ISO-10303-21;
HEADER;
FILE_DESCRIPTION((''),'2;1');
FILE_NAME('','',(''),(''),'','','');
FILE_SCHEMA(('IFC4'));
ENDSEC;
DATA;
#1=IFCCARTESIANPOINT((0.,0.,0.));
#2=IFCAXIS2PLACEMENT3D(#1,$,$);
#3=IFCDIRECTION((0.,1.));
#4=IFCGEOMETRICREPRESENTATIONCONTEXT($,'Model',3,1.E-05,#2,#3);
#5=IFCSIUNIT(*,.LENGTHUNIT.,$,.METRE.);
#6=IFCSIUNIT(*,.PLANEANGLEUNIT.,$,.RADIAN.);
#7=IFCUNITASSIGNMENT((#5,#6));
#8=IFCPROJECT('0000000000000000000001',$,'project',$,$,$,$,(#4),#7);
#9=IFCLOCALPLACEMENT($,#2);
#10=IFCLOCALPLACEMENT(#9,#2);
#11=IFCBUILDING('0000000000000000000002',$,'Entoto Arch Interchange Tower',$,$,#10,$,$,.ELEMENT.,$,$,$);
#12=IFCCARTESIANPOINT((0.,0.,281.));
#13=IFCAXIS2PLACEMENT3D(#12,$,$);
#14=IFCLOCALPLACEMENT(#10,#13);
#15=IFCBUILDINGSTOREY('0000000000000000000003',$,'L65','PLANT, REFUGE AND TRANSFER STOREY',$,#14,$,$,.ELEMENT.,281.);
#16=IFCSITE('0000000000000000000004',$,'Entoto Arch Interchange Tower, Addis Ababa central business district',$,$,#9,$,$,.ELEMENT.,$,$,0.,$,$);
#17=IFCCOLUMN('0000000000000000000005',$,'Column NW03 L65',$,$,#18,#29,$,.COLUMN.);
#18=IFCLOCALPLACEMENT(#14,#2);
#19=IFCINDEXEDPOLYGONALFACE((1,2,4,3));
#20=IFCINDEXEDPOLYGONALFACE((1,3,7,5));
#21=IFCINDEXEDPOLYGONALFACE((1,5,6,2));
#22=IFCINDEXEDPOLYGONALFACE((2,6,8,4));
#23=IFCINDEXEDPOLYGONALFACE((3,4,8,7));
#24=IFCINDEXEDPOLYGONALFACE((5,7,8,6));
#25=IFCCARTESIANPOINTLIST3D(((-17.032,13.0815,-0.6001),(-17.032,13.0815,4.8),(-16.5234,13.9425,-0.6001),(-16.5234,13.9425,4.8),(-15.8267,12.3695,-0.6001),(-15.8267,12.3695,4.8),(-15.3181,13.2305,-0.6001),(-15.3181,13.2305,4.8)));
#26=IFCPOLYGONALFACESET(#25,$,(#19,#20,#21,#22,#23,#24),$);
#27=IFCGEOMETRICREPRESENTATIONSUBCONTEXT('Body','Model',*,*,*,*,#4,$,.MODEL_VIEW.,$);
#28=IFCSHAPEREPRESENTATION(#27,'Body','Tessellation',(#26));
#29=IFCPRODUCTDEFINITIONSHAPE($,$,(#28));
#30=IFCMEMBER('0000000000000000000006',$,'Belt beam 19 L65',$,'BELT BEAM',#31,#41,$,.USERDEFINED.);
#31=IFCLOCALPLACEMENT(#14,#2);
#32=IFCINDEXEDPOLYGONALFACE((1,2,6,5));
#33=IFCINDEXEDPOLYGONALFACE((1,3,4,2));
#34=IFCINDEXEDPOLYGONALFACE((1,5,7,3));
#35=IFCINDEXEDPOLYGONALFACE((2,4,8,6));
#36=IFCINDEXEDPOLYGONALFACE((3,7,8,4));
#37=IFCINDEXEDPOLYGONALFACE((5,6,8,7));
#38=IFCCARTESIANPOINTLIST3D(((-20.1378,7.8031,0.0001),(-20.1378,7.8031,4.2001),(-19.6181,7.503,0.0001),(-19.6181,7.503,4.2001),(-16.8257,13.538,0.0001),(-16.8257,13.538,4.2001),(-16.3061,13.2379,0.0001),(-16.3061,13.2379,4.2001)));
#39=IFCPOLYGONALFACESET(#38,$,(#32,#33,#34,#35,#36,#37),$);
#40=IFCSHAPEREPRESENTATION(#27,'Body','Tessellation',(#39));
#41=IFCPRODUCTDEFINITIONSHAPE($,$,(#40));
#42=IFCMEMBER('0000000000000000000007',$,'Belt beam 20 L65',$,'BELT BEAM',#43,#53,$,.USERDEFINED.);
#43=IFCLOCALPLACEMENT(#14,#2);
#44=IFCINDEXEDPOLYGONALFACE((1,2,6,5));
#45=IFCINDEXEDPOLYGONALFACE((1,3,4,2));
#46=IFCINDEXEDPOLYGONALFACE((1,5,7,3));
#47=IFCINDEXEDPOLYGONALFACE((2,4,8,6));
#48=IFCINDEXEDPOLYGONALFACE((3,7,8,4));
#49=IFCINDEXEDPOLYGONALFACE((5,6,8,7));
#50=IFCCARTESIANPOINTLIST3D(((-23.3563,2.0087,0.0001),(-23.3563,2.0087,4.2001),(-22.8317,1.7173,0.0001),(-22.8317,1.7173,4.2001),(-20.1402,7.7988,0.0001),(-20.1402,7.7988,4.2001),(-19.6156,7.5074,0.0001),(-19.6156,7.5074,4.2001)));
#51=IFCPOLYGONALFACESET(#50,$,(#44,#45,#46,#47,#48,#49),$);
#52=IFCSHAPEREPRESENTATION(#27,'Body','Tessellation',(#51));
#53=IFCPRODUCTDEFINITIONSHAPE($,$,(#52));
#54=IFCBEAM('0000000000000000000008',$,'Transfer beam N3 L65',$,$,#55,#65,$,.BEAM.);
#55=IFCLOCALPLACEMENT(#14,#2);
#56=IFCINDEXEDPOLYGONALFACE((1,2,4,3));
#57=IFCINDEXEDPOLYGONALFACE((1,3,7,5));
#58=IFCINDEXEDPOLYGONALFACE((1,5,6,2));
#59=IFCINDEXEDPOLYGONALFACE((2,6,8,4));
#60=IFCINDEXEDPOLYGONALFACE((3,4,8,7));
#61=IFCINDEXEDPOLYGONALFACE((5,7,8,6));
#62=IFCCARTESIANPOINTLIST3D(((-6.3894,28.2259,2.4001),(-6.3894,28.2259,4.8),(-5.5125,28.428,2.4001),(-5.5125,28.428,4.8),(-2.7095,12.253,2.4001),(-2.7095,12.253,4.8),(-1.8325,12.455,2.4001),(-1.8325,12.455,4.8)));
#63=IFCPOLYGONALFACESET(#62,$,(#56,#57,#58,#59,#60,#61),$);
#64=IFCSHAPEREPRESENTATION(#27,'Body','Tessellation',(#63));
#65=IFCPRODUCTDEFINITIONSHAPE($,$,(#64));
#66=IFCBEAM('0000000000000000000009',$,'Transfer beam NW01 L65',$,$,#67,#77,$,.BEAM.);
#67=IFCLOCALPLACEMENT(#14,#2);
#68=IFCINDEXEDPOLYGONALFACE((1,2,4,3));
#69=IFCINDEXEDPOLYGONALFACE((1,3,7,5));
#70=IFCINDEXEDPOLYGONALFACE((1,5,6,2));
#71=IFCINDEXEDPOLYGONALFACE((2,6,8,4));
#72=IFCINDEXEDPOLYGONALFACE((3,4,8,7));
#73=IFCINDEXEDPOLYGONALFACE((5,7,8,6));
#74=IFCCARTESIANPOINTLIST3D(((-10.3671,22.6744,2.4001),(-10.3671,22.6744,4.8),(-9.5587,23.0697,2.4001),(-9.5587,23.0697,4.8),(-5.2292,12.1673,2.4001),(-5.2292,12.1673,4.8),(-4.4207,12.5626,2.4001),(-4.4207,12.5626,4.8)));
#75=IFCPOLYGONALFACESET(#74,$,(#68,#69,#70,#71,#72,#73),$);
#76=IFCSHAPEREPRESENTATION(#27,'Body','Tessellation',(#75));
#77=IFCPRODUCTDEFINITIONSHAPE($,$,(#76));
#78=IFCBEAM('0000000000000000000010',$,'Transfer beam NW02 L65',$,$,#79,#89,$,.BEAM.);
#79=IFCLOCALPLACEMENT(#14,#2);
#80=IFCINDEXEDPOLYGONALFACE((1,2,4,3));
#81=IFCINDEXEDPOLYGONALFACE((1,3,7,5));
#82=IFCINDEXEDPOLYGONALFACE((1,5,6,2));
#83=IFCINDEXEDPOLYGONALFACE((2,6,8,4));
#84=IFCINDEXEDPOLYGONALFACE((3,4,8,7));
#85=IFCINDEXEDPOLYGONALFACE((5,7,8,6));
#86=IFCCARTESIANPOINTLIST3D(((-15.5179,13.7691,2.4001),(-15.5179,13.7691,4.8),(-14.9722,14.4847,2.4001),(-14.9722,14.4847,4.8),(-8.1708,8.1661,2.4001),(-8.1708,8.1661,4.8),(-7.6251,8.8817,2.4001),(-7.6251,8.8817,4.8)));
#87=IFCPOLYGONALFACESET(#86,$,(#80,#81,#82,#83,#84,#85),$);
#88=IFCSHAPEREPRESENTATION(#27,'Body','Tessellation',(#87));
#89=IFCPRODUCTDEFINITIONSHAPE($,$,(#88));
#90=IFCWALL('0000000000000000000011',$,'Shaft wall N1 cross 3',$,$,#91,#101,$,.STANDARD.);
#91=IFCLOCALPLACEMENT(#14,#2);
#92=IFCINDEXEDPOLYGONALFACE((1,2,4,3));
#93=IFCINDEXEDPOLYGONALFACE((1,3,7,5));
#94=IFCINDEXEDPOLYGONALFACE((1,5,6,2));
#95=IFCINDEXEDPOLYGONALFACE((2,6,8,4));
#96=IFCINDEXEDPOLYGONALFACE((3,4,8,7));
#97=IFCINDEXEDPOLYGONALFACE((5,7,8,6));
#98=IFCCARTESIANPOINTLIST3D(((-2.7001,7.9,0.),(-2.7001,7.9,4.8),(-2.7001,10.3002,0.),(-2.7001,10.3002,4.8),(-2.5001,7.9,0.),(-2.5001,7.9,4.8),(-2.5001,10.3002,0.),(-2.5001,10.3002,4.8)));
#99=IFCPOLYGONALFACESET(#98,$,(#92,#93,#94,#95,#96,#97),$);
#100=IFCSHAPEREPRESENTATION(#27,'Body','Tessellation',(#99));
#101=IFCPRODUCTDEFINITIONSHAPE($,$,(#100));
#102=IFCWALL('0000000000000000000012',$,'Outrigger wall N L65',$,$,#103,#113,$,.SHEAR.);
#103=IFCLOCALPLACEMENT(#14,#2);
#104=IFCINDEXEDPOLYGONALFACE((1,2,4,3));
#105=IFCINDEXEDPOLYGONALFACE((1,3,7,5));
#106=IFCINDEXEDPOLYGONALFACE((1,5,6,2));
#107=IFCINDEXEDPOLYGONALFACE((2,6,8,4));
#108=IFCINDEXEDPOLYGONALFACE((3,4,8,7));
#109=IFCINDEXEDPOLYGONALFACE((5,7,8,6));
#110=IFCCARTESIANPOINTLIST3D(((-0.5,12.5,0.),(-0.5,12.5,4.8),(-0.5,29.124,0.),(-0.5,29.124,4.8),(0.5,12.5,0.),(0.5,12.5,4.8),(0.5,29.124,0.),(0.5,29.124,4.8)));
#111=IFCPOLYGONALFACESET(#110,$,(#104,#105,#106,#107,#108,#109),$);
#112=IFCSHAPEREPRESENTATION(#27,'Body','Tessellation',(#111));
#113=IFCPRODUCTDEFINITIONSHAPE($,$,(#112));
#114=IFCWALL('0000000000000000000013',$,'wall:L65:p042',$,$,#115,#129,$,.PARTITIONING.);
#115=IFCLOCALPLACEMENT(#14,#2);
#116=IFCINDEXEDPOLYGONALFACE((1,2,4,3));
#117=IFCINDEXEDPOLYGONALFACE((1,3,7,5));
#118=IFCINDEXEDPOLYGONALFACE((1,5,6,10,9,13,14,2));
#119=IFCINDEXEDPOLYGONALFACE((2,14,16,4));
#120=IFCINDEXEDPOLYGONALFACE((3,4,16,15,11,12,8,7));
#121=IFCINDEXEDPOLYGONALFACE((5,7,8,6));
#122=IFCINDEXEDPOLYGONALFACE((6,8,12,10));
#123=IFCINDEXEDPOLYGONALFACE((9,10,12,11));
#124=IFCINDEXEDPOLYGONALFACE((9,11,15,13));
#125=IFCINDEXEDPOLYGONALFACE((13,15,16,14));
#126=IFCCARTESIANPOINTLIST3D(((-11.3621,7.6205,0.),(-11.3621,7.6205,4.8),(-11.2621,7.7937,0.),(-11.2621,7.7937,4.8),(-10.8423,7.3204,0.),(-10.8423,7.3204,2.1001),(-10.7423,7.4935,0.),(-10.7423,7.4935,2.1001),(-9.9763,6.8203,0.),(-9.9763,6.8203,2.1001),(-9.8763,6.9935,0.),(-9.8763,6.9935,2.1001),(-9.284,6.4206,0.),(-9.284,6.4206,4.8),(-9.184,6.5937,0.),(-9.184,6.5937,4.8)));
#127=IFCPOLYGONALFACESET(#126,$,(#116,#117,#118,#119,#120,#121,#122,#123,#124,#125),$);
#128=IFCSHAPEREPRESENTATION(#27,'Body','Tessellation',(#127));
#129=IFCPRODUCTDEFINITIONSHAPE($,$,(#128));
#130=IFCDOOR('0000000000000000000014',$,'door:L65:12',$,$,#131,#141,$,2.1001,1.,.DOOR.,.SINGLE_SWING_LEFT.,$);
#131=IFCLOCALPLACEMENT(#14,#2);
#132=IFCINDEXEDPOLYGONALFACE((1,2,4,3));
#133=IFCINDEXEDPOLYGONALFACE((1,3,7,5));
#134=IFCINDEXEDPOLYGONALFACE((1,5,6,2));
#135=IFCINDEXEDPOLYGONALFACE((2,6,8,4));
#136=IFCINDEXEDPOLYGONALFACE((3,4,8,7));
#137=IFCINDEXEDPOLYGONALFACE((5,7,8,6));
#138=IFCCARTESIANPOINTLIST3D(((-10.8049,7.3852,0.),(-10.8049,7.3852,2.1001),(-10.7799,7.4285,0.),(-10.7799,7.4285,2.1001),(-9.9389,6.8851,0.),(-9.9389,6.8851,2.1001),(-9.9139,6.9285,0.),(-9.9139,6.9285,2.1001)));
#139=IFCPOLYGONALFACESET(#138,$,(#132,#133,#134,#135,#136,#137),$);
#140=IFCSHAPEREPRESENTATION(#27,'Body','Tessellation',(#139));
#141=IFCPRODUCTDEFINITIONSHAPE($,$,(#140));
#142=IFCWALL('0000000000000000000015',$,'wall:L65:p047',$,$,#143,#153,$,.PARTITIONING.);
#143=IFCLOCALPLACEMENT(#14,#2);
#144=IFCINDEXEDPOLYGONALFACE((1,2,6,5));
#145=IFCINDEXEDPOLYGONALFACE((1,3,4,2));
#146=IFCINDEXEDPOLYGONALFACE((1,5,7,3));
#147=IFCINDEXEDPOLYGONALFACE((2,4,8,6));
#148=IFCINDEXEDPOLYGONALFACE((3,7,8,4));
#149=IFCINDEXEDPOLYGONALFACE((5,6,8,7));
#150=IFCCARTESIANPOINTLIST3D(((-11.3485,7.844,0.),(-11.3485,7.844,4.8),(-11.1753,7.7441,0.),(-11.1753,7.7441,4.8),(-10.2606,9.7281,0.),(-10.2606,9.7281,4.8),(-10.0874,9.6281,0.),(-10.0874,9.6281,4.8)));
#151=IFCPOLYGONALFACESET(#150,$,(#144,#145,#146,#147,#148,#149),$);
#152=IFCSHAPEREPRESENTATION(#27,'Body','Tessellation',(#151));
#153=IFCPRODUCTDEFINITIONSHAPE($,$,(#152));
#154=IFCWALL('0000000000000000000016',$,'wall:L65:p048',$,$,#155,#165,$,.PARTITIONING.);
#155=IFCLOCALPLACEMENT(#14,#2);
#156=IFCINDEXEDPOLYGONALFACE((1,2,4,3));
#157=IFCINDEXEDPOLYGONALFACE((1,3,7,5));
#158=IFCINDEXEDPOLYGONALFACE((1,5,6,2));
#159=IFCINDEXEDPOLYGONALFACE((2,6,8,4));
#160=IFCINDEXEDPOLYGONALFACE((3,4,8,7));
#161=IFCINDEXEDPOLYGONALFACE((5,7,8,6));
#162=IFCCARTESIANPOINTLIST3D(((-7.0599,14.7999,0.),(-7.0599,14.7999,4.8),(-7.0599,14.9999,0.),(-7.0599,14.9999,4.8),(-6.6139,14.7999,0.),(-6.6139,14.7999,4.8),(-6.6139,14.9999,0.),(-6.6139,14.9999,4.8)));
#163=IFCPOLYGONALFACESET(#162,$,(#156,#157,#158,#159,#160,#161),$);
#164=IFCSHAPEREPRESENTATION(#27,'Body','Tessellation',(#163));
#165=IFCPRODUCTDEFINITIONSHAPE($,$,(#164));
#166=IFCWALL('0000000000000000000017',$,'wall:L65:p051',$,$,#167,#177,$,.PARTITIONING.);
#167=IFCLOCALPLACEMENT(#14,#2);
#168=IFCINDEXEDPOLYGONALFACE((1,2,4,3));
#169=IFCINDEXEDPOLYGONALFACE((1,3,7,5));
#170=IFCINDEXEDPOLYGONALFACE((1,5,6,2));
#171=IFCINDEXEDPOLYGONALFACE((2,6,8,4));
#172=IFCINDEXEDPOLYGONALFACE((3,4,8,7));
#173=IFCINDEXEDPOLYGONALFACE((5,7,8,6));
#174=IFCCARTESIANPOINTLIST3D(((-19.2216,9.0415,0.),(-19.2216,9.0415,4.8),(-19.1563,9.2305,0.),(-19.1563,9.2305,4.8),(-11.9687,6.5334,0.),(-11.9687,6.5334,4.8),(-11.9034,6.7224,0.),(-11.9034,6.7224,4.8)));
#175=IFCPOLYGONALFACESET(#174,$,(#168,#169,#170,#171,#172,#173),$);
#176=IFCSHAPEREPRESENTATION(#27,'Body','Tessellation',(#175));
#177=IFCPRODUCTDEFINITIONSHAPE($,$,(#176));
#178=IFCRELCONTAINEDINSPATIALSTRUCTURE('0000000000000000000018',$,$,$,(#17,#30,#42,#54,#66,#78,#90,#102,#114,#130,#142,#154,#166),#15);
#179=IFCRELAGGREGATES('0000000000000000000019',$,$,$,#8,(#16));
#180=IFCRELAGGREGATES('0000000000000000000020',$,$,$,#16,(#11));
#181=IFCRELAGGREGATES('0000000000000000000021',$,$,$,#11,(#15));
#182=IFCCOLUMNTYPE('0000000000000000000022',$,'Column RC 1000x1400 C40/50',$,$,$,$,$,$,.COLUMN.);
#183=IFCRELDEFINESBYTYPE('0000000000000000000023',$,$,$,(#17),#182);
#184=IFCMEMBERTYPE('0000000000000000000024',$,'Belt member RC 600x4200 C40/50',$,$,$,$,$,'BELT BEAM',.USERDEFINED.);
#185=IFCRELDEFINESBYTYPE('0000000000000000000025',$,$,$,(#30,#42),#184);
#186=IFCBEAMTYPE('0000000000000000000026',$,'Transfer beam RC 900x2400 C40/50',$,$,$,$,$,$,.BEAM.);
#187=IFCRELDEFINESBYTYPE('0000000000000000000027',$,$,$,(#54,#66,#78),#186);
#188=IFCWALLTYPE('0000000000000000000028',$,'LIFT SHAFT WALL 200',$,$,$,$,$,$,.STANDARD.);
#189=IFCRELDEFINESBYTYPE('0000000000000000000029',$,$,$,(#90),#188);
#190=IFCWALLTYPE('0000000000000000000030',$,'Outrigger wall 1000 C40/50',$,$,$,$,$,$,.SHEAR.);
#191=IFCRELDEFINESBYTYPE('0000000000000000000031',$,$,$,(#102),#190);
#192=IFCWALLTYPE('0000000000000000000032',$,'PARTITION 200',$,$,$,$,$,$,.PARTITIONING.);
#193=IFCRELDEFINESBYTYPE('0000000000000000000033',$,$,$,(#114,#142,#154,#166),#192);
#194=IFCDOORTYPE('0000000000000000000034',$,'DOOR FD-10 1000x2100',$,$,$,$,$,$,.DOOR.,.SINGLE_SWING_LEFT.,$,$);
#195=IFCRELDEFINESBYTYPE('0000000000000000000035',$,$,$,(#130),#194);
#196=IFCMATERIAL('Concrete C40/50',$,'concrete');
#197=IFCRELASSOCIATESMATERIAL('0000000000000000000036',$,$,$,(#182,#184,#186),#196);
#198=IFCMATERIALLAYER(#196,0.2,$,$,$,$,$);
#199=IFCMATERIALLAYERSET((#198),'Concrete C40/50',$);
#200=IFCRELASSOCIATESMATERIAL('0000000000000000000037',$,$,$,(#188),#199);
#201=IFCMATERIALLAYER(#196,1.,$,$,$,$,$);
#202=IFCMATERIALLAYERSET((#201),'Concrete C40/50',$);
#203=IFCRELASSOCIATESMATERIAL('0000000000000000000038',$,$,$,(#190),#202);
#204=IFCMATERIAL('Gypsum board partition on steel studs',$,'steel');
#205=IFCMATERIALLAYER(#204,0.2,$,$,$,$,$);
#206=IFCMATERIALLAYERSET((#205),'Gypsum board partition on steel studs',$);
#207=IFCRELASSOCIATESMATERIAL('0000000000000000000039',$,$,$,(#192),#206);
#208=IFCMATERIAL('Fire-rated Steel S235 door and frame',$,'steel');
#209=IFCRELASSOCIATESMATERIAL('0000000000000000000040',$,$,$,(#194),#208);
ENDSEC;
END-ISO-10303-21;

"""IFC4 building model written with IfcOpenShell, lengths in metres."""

from ifc_helpers import new_model, si_unit, direction, frame, frame_2d, origin, origin_2d, place, context, subcontext, project, spatial, rectangle, extrude, material, layer, layer_set, material_profile, profile_set, type_object, element, fill, save


model = new_model("IFC4")

# Units and contexts
model_context = context("Model", 3, precision=1e-05, world=origin(), true_north=direction((0.0, 1.0)))
body_context = subcontext(model_context, "Body", "Model", "MODEL_VIEW")
ifc_project = project(units=[si_unit("LENGTHUNIT", "METRE"), si_unit("PLANEANGLEUNIT", "RADIAN")], contexts=[model_context])

# Site, building, storey
site_placement = place(None, origin())
site = spatial("IfcSite", under=ifc_project, at=site_placement, Name="Entoto Arch Interchange Tower, Addis Ababa central business district", CompositionType="ELEMENT", RefElevation=0.0)
building_placement = place(site_placement, origin())
building = spatial("IfcBuilding", under=site, at=building_placement, Name="Entoto Arch Interchange Tower", CompositionType="ELEMENT")
storey_placement = place(building_placement, frame((0.0, 0.0, 281.0)))
storey = spatial("IfcBuildingStorey", under=building, at=storey_placement, Name="L65", Description="PLANT, REFUGE AND TRANSFER STOREY", CompositionType="ELEMENT", Elevation=281.0)

# Column
ifc_material_1 = material(Name="Concrete C40/50", Category="concrete")
ifc_material_profile_1 = material_profile(ifc_material_1, rectangle(XDim=1.0, YDim=1.3999, at=origin_2d()))
ifc_profile_set_1 = profile_set([ifc_material_profile_1], Name="Concrete C40/50")
column_type = type_object("IfcColumnType", Name="Column RC 1000x1400 C40/50", PredefinedType="COLUMN", material=ifc_profile_set_1)
column_placement = place(storey_placement, frame((-16.175, 13.156, -0.6001), z_axis=(0.0, 0.0, 1.0), x_axis=(0.508576, 0.861017, 0.0)))
element("IfcColumn", 1, at=column_placement, inside=storey, type_object=column_type, Name="Column NW03 L65", PredefinedType="COLUMN", context=body_context, shape_type="SweptSolid", body=[
    extrude(rectangle(XDim=1.0, YDim=1.3999, at=origin_2d()), origin(), (0.0, 0.0, 1.0), 5.4001),
])

# Members
ifc_material_profile_2 = material_profile(ifc_material_1, rectangle(XDim=0.6001, YDim=4.2, at=origin_2d()))
ifc_profile_set_2 = profile_set([ifc_material_profile_2], Name="Concrete C40/50")
member_type = type_object("IfcMemberType", Name="Belt member RC 600x4200 C40/50", ElementType="BELT BEAM", PredefinedType="USERDEFINED", material=ifc_profile_set_2)
member_1_placement = place(storey_placement, frame((-16.5659, 13.3879, 2.1001), z_axis=(-0.500112, -0.865961, 0.0), x_axis=(0.865961, -0.500112, 0.0)))
element("IfcMember", 2, at=member_1_placement, inside=storey, type_object=member_type, Name="Belt beam 19 L65", ObjectType="BELT BEAM", PredefinedType="USERDEFINED", context=body_context, shape_type="SweptSolid", body=[
    extrude(rectangle(XDim=0.6001, YDim=4.2, at=origin_2d()), origin(), (0.0, 0.0, 1.0), 6.6226),
])
member_2_placement = place(storey_placement, frame((-19.8779, 7.6531, 2.1001), z_axis=(-0.485571, -0.874197, 0.0), x_axis=(0.874197, -0.485571, 0.0)))
element("IfcMember", 3, at=member_2_placement, inside=storey, type_object=member_type, Name="Belt beam 20 L65", ObjectType="BELT BEAM", PredefinedType="USERDEFINED", context=body_context, shape_type="SweptSolid", body=[
    extrude(rectangle(XDim=0.6001, YDim=4.2, at=origin_2d()), origin(), (0.0, 0.0, 1.0), 6.6233),
])

# Beams
ifc_material_profile_3 = material_profile(ifc_material_1, rectangle(XDim=0.8999, YDim=2.3999, at=origin_2d()))
ifc_profile_set_3 = profile_set([ifc_material_profile_3], Name="Concrete C40/50")
beam_type = type_object("IfcBeamType", Name="Transfer beam RC 900x2400 C40/50", PredefinedType="BEAM", material=ifc_profile_set_3)
beam_1_placement = place(storey_placement, frame((-2.271, 12.354, 3.6001), z_axis=(-0.224505, 0.974473, 0.0), x_axis=(-0.974473, -0.224505, 0.0)))
element("IfcBeam", 4, at=beam_1_placement, inside=storey, type_object=beam_type, Name="Transfer beam N3 L65", PredefinedType="BEAM", context=body_context, shape_type="SweptSolid", body=[
    extrude(rectangle(XDim=0.8999, YDim=2.3999, at=origin_2d()), origin(), (0.0, 0.0, 1.0), 16.3914),
])
beam_2_placement = place(storey_placement, frame((-4.825, 12.365, 3.6001), z_axis=(-0.439289, 0.898346, 0.0), x_axis=(-0.898346, -0.439289, 0.0)))
element("IfcBeam", 5, at=beam_2_placement, inside=storey, type_object=beam_type, Name="Transfer beam NW01 L65", PredefinedType="BEAM", context=body_context, shape_type="SweptSolid", body=[
    extrude(rectangle(XDim=0.8999, YDim=2.3999, at=origin_2d()), origin(), (0.0, 0.0, 1.0), 11.696),
])
beam_3_placement = place(storey_placement, frame((-7.8979, 8.5239, 3.6001), z_axis=(-0.795161, 0.606398, 0.0), x_axis=(-0.606398, -0.795161, 0.0)))
element("IfcBeam", 6, at=beam_3_placement, inside=storey, type_object=beam_type, Name="Transfer beam NW02 L65", PredefinedType="BEAM", context=body_context, shape_type="SweptSolid", body=[
    extrude(rectangle(XDim=0.8999, YDim=2.3999, at=origin_2d()), origin(), (0.0, 0.0, 1.0), 9.2397),
])

# Walls
ifc_layer_1 = layer(ifc_material_1, 0.2)
ifc_layer_set_1 = layer_set([ifc_layer_1], Name="Concrete C40/50")
wall_type_1 = type_object("IfcWallType", Name="LIFT SHAFT WALL 200", PredefinedType="STANDARD", material=ifc_layer_set_1)
wall_1_placement = place(storey_placement, frame((-2.6001, 7.8999, 0.0), z_axis=(0.0, 0.0, 1.0), x_axis=(0.0, 1.0, 0.0)))
element("IfcWall", 7, at=wall_1_placement, inside=storey, type_object=wall_type_1, Name="Shaft wall N1 cross 3", PredefinedType="STANDARD", context=body_context, shape_type="SweptSolid", body=[
    extrude(rectangle(XDim=2.4001, YDim=0.2, at=frame_2d((1.2002, 0.0))), origin(), (0.0, 0.0, 1.0), 4.8),
])
ifc_layer_2 = layer(ifc_material_1, 1.0)
ifc_layer_set_2 = layer_set([ifc_layer_2], Name="Concrete C40/50")
wall_type_2 = type_object("IfcWallType", Name="Outrigger wall 1000 C40/50", PredefinedType="SHEAR", material=ifc_layer_set_2)
wall_2_placement = place(storey_placement, frame((0.0, 12.5, 0.0), z_axis=(0.0, 0.0, 1.0), x_axis=(0.0, 1.0, 0.0)))
element("IfcWall", 8, at=wall_2_placement, inside=storey, type_object=wall_type_2, Name="Outrigger wall N L65", PredefinedType="SHEAR", context=body_context, shape_type="SweptSolid", body=[
    extrude(rectangle(XDim=16.624, YDim=1.0, at=frame_2d((8.312, 0.0))), origin(), (0.0, 0.0, 1.0), 4.8),
])

# Wall, opening, door
ifc_material_2 = material(Name="Gypsum board partition on steel studs", Category="steel")
ifc_layer_3 = layer(ifc_material_2, 0.2)
ifc_layer_set_3 = layer_set([ifc_layer_3], Name="Gypsum board partition on steel studs")
wall_type_3 = type_object("IfcWallType", Name="PARTITION 200", PredefinedType="PARTITIONING", material=ifc_layer_set_3)
wall_3_placement = place(storey_placement, frame((-11.312, 7.707, 0.0), z_axis=(0.0, 0.0, 1.0), x_axis=(0.865999, -0.500045, 0.0)))
wall_3 = element("IfcWall", 9, at=wall_3_placement, inside=storey, type_object=wall_type_3, Name="wall:L65:p042", PredefinedType="PARTITIONING", context=body_context, shape_type="SweptSolid", body=[
    extrude(rectangle(XDim=2.3997, YDim=0.2, at=frame_2d((1.1997, 0.0))), origin(), (0.0, 0.0, 1.0), 4.8),
])
opening_1_placement = place(wall_3_placement, frame((0.6001, 0.0, 0.0)))
opening_1 = element("IfcOpeningElement", 10, at=opening_1_placement, cuts=wall_3, PredefinedType="OPENING", context=body_context, shape_type="SweptSolid", body=[
    extrude(rectangle(XDim=1.0, YDim=2.1001, at=frame_2d((0.5, 1.05))), frame((0.0, 0.1099, 0.0), z_axis=(0.0, -1.0, 0.0), x_axis=(1.0, 0.0, 0.0)), (0.0, 0.0, 1.0), 0.22),
])
ifc_material_3 = material(Name="Fire-rated Steel S235 door and frame", Category="steel")
door_type = type_object("IfcDoorType", Name="DOOR FD-10 1000x2100", OperationType="SINGLE_SWING_LEFT", PredefinedType="DOOR", material=ifc_material_3)
door_1_placement = place(opening_1_placement, origin())
door_1 = element("IfcDoor", 11, at=door_1_placement, inside=storey, type_object=door_type, Name="door:L65:12", OperationType="SINGLE_SWING_LEFT", OverallHeight=2.1001, OverallWidth=1.0, PredefinedType="DOOR", context=body_context, shape_type="SweptSolid", body=[
    extrude(rectangle(XDim=1.0, YDim=2.1001, at=frame_2d((0.5, 1.05))), frame((0.0, 0.0249, 0.0), z_axis=(0.0, -1.0, 0.0), x_axis=(1.0, 0.0, 0.0)), (0.0, 0.0, 1.0), 0.05),
])
fill(opening_1, door_1)

# Walls
wall_4_placement = place(storey_placement, frame((-11.262, 7.7939, 0.0), z_axis=(0.0, 0.0, 1.0), x_axis=(0.500049, 0.865997, 0.0)))
element("IfcWall", 12, at=wall_4_placement, inside=storey, type_object=wall_type_3, Name="wall:L65:p047", PredefinedType="PARTITIONING", context=body_context, shape_type="SweptSolid", body=[
    extrude(rectangle(XDim=2.1755, YDim=0.2, at=frame_2d((1.0879, 0.0))), origin(), (0.0, 0.0, 1.0), 4.8),
])
wall_5_placement = place(storey_placement, frame((-7.0601, 14.8999, 0.0), z_axis=(0.0, 0.0, 1.0), x_axis=(1.0, 0.0, 0.0)))
element("IfcWall", 13, at=wall_5_placement, inside=storey, type_object=wall_type_3, Name="wall:L65:p048", PredefinedType="PARTITIONING", context=body_context, shape_type="SweptSolid", body=[
    extrude(rectangle(XDim=0.446, YDim=0.2, at=frame_2d((0.2231, 0.0))), origin(), (0.0, 0.0, 1.0), 4.8),
])
wall_6_placement = place(storey_placement, frame((-19.189, 9.136, 0.0), z_axis=(0.0, 0.0, 1.0), x_axis=(0.94509, -0.326811, 0.0)))
element("IfcWall", 14, at=wall_6_placement, inside=storey, type_object=wall_type_3, Name="wall:L65:p051", PredefinedType="PARTITIONING", context=body_context, shape_type="SweptSolid", body=[
    extrude(rectangle(XDim=7.6743, YDim=0.2, at=frame_2d((3.8372, 0.0))), origin(), (0.0, 0.0, 1.0), 4.8),
])

save(model, "model.ifc")
